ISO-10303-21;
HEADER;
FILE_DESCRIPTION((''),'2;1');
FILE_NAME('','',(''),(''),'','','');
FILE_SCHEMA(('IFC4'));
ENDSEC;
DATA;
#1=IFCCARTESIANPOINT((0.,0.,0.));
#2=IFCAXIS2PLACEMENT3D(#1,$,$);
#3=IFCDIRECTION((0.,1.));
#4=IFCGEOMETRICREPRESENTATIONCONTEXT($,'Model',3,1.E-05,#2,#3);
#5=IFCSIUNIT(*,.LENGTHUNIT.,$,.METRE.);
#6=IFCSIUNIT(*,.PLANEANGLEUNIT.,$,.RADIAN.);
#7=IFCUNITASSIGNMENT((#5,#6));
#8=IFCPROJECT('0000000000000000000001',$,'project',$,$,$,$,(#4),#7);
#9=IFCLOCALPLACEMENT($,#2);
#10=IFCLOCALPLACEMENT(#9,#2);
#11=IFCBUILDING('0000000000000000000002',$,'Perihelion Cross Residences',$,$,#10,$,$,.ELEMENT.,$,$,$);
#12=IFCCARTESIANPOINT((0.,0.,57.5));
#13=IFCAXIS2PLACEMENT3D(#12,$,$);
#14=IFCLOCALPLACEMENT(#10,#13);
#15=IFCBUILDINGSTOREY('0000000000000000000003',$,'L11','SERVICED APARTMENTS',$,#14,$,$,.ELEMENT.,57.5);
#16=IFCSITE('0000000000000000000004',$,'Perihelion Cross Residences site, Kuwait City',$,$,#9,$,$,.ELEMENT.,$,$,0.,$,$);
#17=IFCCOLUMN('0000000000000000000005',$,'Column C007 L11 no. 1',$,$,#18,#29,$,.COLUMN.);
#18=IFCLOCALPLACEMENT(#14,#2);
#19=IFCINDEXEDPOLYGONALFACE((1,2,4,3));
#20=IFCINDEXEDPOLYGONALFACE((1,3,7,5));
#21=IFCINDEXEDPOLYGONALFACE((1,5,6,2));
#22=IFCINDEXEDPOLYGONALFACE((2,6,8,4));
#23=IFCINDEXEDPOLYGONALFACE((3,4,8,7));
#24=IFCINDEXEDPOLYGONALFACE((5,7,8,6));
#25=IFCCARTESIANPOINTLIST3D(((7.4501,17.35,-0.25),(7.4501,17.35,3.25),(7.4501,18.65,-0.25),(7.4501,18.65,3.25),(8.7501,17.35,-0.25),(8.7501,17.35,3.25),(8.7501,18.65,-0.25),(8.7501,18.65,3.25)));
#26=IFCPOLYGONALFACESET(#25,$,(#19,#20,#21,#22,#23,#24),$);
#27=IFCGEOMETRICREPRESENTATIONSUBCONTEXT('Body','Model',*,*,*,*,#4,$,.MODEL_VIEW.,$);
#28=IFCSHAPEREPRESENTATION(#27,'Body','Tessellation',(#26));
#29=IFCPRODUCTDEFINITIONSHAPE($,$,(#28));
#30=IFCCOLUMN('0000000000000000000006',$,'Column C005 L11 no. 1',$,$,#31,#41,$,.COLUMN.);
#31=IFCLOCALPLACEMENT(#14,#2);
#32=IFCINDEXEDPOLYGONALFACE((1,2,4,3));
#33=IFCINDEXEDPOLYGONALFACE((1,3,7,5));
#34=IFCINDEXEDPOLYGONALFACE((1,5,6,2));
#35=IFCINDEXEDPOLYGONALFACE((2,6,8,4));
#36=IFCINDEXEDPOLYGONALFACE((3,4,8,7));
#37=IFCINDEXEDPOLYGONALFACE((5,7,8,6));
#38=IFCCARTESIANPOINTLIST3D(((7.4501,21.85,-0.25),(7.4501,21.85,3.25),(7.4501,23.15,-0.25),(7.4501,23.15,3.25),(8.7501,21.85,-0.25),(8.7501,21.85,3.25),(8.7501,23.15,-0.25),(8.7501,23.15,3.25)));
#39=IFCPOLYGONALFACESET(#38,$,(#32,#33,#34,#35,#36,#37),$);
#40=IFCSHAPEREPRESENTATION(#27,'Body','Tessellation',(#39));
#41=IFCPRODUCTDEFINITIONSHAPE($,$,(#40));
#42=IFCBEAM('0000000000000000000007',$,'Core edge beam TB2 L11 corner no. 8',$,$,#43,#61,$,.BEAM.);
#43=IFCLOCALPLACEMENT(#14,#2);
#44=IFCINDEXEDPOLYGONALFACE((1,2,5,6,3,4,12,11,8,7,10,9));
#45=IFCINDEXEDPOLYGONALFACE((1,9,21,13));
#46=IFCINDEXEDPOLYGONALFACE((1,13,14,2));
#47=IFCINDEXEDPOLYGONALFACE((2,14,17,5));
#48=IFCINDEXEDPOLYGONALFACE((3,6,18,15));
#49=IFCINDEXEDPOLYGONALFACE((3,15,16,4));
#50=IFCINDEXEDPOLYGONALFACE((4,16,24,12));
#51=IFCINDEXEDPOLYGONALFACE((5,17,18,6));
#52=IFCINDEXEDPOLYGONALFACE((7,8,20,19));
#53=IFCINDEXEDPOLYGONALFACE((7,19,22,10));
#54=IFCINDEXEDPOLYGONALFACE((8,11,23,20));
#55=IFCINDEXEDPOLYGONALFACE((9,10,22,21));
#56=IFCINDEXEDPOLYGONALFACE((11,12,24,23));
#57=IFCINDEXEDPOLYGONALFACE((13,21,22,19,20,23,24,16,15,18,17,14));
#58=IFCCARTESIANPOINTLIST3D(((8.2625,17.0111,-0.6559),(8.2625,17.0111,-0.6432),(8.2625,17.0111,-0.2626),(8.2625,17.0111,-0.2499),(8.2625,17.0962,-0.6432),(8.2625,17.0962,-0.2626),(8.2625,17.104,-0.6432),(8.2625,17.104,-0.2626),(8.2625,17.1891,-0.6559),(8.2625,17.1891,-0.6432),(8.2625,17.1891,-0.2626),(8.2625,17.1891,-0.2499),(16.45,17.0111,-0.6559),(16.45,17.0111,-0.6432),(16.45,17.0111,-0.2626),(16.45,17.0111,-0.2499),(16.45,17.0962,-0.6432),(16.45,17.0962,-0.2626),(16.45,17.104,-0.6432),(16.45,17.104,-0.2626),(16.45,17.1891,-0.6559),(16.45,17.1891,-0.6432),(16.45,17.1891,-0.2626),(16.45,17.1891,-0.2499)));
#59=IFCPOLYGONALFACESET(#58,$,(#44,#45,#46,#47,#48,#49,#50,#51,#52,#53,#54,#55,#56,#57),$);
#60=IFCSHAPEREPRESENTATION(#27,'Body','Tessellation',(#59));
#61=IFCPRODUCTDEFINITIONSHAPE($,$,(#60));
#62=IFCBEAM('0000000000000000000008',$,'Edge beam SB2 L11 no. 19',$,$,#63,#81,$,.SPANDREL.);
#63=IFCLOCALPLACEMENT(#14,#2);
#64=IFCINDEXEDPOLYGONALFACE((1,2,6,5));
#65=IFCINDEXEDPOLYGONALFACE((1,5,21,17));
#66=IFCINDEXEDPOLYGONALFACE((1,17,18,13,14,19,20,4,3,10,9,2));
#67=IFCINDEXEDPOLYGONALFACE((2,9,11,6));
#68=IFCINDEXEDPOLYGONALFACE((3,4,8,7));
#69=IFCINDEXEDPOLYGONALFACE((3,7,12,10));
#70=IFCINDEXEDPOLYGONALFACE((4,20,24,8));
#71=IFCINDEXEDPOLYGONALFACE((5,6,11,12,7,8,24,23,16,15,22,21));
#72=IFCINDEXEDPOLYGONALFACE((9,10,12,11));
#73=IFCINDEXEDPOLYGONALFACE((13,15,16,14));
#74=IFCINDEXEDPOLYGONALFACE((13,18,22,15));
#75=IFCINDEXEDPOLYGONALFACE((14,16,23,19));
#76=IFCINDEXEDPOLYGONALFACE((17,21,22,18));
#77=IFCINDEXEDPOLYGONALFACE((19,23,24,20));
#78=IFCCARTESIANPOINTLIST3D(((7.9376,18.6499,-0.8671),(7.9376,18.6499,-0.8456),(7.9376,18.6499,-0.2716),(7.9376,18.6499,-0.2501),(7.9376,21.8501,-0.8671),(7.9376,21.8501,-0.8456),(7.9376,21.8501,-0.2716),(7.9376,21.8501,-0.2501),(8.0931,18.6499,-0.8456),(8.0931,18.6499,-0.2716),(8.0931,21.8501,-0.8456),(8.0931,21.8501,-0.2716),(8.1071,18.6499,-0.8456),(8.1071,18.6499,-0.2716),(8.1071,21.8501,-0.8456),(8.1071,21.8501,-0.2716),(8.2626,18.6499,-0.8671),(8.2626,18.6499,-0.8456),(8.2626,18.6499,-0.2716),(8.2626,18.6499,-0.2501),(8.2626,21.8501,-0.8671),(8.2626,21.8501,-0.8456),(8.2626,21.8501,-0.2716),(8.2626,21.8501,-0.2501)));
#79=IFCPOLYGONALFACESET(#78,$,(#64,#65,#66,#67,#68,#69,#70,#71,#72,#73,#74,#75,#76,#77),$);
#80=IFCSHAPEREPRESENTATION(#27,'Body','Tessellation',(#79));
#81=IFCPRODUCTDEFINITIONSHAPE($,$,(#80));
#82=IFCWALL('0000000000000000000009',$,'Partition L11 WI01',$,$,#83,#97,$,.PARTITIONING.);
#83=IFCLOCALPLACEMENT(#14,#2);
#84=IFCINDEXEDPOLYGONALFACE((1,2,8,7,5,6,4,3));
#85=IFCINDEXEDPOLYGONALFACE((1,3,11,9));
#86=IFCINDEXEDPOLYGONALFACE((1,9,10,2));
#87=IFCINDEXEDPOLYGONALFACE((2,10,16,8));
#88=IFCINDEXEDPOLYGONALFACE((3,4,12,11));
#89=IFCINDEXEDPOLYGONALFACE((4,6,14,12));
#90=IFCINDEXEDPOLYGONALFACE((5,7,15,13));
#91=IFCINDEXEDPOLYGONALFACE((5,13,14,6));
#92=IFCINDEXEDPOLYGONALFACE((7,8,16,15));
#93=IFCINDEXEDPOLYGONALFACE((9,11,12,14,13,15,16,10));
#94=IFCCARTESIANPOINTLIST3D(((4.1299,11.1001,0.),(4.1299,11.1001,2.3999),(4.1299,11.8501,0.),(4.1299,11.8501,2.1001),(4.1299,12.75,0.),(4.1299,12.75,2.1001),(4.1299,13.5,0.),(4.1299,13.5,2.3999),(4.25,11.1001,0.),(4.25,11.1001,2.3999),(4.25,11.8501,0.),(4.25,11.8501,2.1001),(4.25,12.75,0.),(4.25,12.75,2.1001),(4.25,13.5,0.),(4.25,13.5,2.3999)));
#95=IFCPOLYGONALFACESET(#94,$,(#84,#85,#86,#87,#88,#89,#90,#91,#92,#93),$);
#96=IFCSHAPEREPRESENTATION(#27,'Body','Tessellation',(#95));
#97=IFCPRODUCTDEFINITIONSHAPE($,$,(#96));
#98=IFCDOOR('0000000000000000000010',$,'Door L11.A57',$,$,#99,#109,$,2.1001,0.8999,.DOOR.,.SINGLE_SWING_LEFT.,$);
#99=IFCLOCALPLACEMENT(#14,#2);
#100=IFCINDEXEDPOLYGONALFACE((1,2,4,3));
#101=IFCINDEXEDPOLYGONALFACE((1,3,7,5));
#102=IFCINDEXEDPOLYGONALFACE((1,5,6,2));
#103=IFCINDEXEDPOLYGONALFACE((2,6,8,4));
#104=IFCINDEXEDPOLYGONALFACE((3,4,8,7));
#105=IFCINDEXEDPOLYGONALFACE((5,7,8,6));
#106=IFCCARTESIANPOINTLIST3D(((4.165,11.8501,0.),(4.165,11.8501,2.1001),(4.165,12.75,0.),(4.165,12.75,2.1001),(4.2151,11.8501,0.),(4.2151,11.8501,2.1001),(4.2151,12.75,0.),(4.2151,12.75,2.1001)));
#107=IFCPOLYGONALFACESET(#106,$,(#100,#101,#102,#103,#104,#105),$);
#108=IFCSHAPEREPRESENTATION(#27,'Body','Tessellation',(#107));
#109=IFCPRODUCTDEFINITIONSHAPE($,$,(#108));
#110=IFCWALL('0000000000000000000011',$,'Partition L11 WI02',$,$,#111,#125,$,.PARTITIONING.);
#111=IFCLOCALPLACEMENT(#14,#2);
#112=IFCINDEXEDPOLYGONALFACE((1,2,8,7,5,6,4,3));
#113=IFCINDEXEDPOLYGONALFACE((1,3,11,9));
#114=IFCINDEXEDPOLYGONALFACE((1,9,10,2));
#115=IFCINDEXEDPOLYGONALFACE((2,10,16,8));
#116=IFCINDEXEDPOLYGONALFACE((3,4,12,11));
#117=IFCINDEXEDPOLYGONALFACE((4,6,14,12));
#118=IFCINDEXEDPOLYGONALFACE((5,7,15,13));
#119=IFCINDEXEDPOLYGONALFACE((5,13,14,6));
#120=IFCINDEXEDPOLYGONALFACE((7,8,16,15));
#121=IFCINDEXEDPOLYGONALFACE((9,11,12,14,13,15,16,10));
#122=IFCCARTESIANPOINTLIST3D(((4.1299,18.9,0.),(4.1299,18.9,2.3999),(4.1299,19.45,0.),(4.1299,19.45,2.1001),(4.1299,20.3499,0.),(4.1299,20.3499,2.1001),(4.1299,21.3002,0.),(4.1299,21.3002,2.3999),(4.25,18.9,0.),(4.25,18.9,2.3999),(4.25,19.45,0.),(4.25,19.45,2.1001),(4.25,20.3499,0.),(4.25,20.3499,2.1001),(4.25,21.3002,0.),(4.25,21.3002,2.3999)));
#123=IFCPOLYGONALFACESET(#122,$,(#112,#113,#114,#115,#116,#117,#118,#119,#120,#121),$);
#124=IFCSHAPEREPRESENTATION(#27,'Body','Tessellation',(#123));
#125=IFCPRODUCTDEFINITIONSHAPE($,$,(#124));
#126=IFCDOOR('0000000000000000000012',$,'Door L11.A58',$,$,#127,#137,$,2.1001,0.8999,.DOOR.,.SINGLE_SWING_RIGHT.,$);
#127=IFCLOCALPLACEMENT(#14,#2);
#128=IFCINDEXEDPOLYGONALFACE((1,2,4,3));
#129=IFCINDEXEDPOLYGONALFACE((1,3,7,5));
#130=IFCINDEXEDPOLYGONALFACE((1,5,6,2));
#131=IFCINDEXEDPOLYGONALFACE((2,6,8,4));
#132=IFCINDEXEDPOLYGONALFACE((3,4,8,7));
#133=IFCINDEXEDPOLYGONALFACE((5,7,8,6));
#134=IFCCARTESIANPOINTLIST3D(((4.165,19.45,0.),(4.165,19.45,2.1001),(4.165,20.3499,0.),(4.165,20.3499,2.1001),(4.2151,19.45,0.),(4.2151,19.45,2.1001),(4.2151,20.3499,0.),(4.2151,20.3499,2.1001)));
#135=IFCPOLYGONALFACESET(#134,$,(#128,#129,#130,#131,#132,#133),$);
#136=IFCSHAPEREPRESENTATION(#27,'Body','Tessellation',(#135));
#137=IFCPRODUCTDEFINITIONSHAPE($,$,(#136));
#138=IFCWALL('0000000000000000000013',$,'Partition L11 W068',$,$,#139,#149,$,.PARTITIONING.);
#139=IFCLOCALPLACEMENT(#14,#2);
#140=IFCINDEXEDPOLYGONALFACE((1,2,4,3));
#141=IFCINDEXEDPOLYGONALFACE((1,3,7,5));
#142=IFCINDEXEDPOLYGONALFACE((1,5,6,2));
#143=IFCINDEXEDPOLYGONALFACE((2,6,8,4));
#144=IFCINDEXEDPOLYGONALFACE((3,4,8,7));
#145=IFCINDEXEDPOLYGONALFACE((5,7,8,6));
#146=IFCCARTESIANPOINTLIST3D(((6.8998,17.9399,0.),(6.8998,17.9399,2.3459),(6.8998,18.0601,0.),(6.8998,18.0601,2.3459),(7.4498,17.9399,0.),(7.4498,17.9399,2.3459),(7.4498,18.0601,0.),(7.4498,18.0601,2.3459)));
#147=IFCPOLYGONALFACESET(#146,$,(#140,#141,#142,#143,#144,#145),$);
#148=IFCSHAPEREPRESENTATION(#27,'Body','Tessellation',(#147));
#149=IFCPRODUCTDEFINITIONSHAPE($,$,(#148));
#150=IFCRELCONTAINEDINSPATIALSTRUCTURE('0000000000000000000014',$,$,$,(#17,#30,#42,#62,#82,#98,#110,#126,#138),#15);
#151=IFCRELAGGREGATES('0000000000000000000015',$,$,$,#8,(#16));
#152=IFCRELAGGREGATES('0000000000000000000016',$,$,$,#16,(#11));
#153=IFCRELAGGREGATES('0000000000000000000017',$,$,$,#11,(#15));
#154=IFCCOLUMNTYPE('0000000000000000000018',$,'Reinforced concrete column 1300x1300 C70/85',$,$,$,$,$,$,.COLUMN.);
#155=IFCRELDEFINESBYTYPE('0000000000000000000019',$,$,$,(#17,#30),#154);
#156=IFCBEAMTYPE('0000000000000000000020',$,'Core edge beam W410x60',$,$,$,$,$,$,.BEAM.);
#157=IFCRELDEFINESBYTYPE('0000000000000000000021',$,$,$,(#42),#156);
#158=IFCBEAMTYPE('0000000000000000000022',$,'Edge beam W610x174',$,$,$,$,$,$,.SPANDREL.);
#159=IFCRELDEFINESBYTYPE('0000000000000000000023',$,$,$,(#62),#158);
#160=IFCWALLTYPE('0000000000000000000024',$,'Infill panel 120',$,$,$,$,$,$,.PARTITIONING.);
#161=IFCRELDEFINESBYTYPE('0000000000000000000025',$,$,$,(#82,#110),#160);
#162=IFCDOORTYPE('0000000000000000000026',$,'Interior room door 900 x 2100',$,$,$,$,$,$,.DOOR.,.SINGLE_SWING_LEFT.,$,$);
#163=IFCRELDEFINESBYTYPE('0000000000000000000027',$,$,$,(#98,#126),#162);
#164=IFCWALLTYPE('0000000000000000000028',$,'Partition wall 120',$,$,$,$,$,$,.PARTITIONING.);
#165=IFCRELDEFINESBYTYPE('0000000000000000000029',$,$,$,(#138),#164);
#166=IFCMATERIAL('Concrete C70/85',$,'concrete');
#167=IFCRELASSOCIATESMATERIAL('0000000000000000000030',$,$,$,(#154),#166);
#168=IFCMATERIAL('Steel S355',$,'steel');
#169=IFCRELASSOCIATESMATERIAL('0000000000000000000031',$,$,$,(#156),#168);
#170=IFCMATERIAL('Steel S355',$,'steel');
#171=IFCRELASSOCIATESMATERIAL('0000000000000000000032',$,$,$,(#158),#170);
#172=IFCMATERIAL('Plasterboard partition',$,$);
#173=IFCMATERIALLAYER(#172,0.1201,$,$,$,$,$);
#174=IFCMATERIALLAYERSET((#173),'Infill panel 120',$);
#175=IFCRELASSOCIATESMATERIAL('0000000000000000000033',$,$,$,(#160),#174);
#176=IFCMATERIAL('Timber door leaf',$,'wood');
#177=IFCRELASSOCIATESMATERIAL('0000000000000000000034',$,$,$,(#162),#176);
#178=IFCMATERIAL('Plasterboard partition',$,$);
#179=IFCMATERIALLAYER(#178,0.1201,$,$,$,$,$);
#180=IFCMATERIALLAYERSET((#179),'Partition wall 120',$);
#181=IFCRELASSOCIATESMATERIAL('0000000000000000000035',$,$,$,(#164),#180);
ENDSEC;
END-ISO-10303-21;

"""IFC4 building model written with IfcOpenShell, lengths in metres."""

from ifc_helpers import new_model, si_unit, direction, frame, frame_2d, origin, origin_2d, place, context, subcontext, project, spatial, rectangle, i_section, extrude, material, layer, layer_set, material_profile, profile_set, type_object, element, fill, save


model = new_model("IFC4")

# Units and contexts
model_context = context("Model", 3, precision=1e-05, world=origin(), true_north=direction((0.0, 1.0)))
body_context = subcontext(model_context, "Body", "Model", "MODEL_VIEW")
ifc_project = project(units=[si_unit("LENGTHUNIT", "METRE"), si_unit("PLANEANGLEUNIT", "RADIAN")], contexts=[model_context])

# Site, building, storey
site_placement = place(None, origin())
site = spatial("IfcSite", under=ifc_project, at=site_placement, Name="Perihelion Cross Residences site, Kuwait City", CompositionType="ELEMENT", RefElevation=0.0)
building_placement = place(site_placement, origin())
building = spatial("IfcBuilding", under=site, at=building_placement, Name="Perihelion Cross Residences", CompositionType="ELEMENT")
storey_placement = place(building_placement, frame((0.0, 0.0, 57.5)))
storey = spatial("IfcBuildingStorey", under=building, at=storey_placement, Name="L11", Description="SERVICED APARTMENTS", CompositionType="ELEMENT", Elevation=57.5)

# Columns
ifc_material_1 = material(Name="Concrete C70/85", Category="concrete")
ifc_material_profile_1 = material_profile(ifc_material_1, rectangle(XDim=1.3, YDim=1.3, at=origin_2d()), Name="RC 1300x1300")
ifc_profile_set_1 = profile_set([ifc_material_profile_1], Name="Concrete C70/85")
column_type = type_object("IfcColumnType", Name="Reinforced concrete column 1300x1300 C70/85", PredefinedType="COLUMN", material=ifc_profile_set_1)
for number, where, z_axis, x_axis, name in (
    (1, (8.1001, 18.0, -0.25), (0.0, 0.0, 1.0), (1.0, 0.0, 0.0), "Column C007 L11 no. 1"),
    (2, (8.1001, 22.5, -0.25), (0.0, 0.0, 1.0), (1.0, 0.0, 0.0), "Column C005 L11 no. 1"),
):
    element("IfcColumn", number, at=place(storey_placement, frame(where, z_axis=z_axis, x_axis=x_axis)), inside=storey, type_object=column_type, Name=name, PredefinedType="COLUMN", context=body_context, shape_type="SweptSolid", body=[
        extrude(rectangle(XDim=1.3, YDim=1.3, at=origin_2d()), origin(), (0.0, 0.0, 1.0), 3.5),
    ])

# Beams
ifc_material_2 = material(Name="Steel S355", Category="steel")
ifc_material_profile_2 = material_profile(ifc_material_2, i_section(OverallWidth=0.178, OverallDepth=0.406, WebThickness=0.0078, FlangeThickness=0.0127, at=origin_2d()), Name="W410x60")
ifc_profile_set_2 = profile_set([ifc_material_profile_2], Name="Steel S355")
beam_type_1 = type_object("IfcBeamType", Name="Core edge beam W410x60", PredefinedType="BEAM", material=ifc_profile_set_2)
beam_1_placement = place(storey_placement, frame((8.2625, 17.1001, -0.4529), z_axis=(1.0, 0.0, 0.0), x_axis=(0.0, 1.0, 0.0)))
element("IfcBeam", 3, at=beam_1_placement, inside=storey, type_object=beam_type_1, Name="Core edge beam TB2 L11 corner no. 8", PredefinedType="BEAM", context=body_context, shape_type="SweptSolid", body=[
    extrude(i_section(OverallWidth=0.178, OverallDepth=0.406, WebThickness=0.0078, FlangeThickness=0.0127, at=origin_2d()), origin(), (0.0, 0.0, 1.0), 8.1875),
])
ifc_material_3 = material(Name="Steel S355", Category="steel")
ifc_material_profile_3 = material_profile(ifc_material_3, i_section(OverallWidth=0.325, OverallDepth=0.6169, WebThickness=0.0139, FlangeThickness=0.0215, at=origin_2d()), Name="W610x174")
ifc_profile_set_3 = profile_set([ifc_material_profile_3], Name="Steel S355")
beam_type_2 = type_object("IfcBeamType", Name="Edge beam W610x174", PredefinedType="SPANDREL", material=ifc_profile_set_3)
beam_2_placement = place(storey_placement, frame((8.1001, 18.6499, -0.5586), z_axis=(0.0, 1.0, 0.0), x_axis=(-1.0, 0.0, 0.0)))
element("IfcBeam", 4, at=beam_2_placement, inside=storey, type_object=beam_type_2, Name="Edge beam SB2 L11 no. 19", PredefinedType="SPANDREL", context=body_context, shape_type="SweptSolid", body=[
    extrude(i_section(OverallWidth=0.325, OverallDepth=0.6169, WebThickness=0.0139, FlangeThickness=0.0215, at=origin_2d()), origin(), (0.0, 0.0, 1.0), 3.2002),
])

# Walls, openings, doors
ifc_material_4 = material(Name="Plasterboard partition")
ifc_layer_1 = layer(ifc_material_4, 0.1201)
ifc_layer_set_1 = layer_set([ifc_layer_1], Name="Infill panel 120")
wall_type_1 = type_object("IfcWallType", Name="Infill panel 120", PredefinedType="PARTITIONING", material=ifc_layer_set_1)
wall_1_placement = place(storey_placement, frame((4.1899, 11.1001, 0.0), z_axis=(0.0, 0.0, 1.0), x_axis=(0.0, 1.0, 0.0)))
wall_1 = element("IfcWall", 5, at=wall_1_placement, inside=storey, type_object=wall_type_1, Name="Partition L11 WI01", PredefinedType="PARTITIONING", context=body_context, shape_type="SweptSolid", body=[
    extrude(rectangle(XDim=2.3999, YDim=0.1201, at=frame_2d((1.2, 0.0))), origin(), (0.0, 0.0, 1.0), 2.3999),
])
opening_1_placement = place(wall_1_placement, frame((0.75, 0.0, 0.0)))
opening_1 = element("IfcOpeningElement", 6, at=opening_1_placement, cuts=wall_1, PredefinedType="OPENING", context=body_context, shape_type="SweptSolid", body=[
    extrude(rectangle(XDim=0.8999, YDim=2.1001, at=frame_2d((0.45, 1.05))), frame((0.0, 0.0701, 0.0), z_axis=(0.0, -1.0, 0.0), x_axis=(1.0, 0.0, 0.0)), (0.0, 0.0, 1.0), 0.1401),
])
ifc_material_5 = material(Name="Timber door leaf", Category="wood")
door_type_1 = type_object("IfcDoorType", Name="Interior room door 900 x 2100", OperationType="SINGLE_SWING_LEFT", PredefinedType="DOOR", material=ifc_material_5)
door_1_placement = place(opening_1_placement, origin())
door_1 = element("IfcDoor", 7, at=door_1_placement, inside=storey, type_object=door_type_1, Name="Door L11.A57", OperationType="SINGLE_SWING_LEFT", OverallHeight=2.1001, OverallWidth=0.8999, PredefinedType="DOOR", context=body_context, shape_type="SweptSolid", body=[
    extrude(rectangle(XDim=0.8999, YDim=2.1001, at=frame_2d((0.45, 1.05))), frame((0.0, 0.0249, 0.0), z_axis=(0.0, -1.0, 0.0), x_axis=(1.0, 0.0, 0.0)), (0.0, 0.0, 1.0), 0.05),
])
fill(opening_1, door_1)
wall_2_placement = place(storey_placement, frame((4.1899, 18.8999, 0.0), z_axis=(0.0, 0.0, 1.0), x_axis=(0.0, 1.0, 0.0)))
wall_2 = element("IfcWall", 8, at=wall_2_placement, inside=storey, type_object=wall_type_1, Name="Partition L11 WI02", PredefinedType="PARTITIONING", context=body_context, shape_type="SweptSolid", body=[
    extrude(rectangle(XDim=2.4001, YDim=0.1201, at=frame_2d((1.2002, 0.0))), origin(), (0.0, 0.0, 1.0), 2.3999),
])
opening_2_placement = place(wall_2_placement, frame((0.55, 0.0, 0.0)))
opening_2 = element("IfcOpeningElement", 9, at=opening_2_placement, cuts=wall_2, PredefinedType="OPENING", context=body_context, shape_type="SweptSolid", body=[
    extrude(rectangle(XDim=0.8999, YDim=2.1001, at=frame_2d((0.45, 1.05))), frame((0.0, 0.0701, 0.0), z_axis=(0.0, -1.0, 0.0), x_axis=(1.0, 0.0, 0.0)), (0.0, 0.0, 1.0), 0.1401),
])
door_2_placement = place(opening_2_placement, origin())
door_2 = element("IfcDoor", 10, at=door_2_placement, inside=storey, type_object=door_type_1, Name="Door L11.A58", OperationType="SINGLE_SWING_RIGHT", OverallHeight=2.1001, OverallWidth=0.8999, PredefinedType="DOOR", context=body_context, shape_type="SweptSolid", body=[
    extrude(rectangle(XDim=0.8999, YDim=2.1001, at=frame_2d((0.45, 1.05))), frame((0.0, 0.0249, 0.0), z_axis=(0.0, -1.0, 0.0), x_axis=(1.0, 0.0, 0.0)), (0.0, 0.0, 1.0), 0.05),
])
fill(opening_2, door_2)

# Wall
ifc_material_6 = material(Name="Plasterboard partition")
ifc_layer_2 = layer(ifc_material_6, 0.1201)
ifc_layer_set_2 = layer_set([ifc_layer_2], Name="Partition wall 120")
wall_type_2 = type_object("IfcWallType", Name="Partition wall 120", PredefinedType="PARTITIONING", material=ifc_layer_set_2)
wall_3_placement = place(storey_placement, frame((6.8999, 18.0, 0.0), z_axis=(0.0, 0.0, 1.0), x_axis=(1.0, 0.0, 0.0)))
element("IfcWall", 11, at=wall_3_placement, inside=storey, type_object=wall_type_2, Name="Partition L11 W068", PredefinedType="PARTITIONING", context=body_context, shape_type="SweptSolid", body=[
    extrude(rectangle(XDim=0.55, YDim=0.1201, at=frame_2d((0.2749, 0.0))), origin(), (0.0, 0.0, 1.0), 2.3459),
])

save(model, "model.ifc")
